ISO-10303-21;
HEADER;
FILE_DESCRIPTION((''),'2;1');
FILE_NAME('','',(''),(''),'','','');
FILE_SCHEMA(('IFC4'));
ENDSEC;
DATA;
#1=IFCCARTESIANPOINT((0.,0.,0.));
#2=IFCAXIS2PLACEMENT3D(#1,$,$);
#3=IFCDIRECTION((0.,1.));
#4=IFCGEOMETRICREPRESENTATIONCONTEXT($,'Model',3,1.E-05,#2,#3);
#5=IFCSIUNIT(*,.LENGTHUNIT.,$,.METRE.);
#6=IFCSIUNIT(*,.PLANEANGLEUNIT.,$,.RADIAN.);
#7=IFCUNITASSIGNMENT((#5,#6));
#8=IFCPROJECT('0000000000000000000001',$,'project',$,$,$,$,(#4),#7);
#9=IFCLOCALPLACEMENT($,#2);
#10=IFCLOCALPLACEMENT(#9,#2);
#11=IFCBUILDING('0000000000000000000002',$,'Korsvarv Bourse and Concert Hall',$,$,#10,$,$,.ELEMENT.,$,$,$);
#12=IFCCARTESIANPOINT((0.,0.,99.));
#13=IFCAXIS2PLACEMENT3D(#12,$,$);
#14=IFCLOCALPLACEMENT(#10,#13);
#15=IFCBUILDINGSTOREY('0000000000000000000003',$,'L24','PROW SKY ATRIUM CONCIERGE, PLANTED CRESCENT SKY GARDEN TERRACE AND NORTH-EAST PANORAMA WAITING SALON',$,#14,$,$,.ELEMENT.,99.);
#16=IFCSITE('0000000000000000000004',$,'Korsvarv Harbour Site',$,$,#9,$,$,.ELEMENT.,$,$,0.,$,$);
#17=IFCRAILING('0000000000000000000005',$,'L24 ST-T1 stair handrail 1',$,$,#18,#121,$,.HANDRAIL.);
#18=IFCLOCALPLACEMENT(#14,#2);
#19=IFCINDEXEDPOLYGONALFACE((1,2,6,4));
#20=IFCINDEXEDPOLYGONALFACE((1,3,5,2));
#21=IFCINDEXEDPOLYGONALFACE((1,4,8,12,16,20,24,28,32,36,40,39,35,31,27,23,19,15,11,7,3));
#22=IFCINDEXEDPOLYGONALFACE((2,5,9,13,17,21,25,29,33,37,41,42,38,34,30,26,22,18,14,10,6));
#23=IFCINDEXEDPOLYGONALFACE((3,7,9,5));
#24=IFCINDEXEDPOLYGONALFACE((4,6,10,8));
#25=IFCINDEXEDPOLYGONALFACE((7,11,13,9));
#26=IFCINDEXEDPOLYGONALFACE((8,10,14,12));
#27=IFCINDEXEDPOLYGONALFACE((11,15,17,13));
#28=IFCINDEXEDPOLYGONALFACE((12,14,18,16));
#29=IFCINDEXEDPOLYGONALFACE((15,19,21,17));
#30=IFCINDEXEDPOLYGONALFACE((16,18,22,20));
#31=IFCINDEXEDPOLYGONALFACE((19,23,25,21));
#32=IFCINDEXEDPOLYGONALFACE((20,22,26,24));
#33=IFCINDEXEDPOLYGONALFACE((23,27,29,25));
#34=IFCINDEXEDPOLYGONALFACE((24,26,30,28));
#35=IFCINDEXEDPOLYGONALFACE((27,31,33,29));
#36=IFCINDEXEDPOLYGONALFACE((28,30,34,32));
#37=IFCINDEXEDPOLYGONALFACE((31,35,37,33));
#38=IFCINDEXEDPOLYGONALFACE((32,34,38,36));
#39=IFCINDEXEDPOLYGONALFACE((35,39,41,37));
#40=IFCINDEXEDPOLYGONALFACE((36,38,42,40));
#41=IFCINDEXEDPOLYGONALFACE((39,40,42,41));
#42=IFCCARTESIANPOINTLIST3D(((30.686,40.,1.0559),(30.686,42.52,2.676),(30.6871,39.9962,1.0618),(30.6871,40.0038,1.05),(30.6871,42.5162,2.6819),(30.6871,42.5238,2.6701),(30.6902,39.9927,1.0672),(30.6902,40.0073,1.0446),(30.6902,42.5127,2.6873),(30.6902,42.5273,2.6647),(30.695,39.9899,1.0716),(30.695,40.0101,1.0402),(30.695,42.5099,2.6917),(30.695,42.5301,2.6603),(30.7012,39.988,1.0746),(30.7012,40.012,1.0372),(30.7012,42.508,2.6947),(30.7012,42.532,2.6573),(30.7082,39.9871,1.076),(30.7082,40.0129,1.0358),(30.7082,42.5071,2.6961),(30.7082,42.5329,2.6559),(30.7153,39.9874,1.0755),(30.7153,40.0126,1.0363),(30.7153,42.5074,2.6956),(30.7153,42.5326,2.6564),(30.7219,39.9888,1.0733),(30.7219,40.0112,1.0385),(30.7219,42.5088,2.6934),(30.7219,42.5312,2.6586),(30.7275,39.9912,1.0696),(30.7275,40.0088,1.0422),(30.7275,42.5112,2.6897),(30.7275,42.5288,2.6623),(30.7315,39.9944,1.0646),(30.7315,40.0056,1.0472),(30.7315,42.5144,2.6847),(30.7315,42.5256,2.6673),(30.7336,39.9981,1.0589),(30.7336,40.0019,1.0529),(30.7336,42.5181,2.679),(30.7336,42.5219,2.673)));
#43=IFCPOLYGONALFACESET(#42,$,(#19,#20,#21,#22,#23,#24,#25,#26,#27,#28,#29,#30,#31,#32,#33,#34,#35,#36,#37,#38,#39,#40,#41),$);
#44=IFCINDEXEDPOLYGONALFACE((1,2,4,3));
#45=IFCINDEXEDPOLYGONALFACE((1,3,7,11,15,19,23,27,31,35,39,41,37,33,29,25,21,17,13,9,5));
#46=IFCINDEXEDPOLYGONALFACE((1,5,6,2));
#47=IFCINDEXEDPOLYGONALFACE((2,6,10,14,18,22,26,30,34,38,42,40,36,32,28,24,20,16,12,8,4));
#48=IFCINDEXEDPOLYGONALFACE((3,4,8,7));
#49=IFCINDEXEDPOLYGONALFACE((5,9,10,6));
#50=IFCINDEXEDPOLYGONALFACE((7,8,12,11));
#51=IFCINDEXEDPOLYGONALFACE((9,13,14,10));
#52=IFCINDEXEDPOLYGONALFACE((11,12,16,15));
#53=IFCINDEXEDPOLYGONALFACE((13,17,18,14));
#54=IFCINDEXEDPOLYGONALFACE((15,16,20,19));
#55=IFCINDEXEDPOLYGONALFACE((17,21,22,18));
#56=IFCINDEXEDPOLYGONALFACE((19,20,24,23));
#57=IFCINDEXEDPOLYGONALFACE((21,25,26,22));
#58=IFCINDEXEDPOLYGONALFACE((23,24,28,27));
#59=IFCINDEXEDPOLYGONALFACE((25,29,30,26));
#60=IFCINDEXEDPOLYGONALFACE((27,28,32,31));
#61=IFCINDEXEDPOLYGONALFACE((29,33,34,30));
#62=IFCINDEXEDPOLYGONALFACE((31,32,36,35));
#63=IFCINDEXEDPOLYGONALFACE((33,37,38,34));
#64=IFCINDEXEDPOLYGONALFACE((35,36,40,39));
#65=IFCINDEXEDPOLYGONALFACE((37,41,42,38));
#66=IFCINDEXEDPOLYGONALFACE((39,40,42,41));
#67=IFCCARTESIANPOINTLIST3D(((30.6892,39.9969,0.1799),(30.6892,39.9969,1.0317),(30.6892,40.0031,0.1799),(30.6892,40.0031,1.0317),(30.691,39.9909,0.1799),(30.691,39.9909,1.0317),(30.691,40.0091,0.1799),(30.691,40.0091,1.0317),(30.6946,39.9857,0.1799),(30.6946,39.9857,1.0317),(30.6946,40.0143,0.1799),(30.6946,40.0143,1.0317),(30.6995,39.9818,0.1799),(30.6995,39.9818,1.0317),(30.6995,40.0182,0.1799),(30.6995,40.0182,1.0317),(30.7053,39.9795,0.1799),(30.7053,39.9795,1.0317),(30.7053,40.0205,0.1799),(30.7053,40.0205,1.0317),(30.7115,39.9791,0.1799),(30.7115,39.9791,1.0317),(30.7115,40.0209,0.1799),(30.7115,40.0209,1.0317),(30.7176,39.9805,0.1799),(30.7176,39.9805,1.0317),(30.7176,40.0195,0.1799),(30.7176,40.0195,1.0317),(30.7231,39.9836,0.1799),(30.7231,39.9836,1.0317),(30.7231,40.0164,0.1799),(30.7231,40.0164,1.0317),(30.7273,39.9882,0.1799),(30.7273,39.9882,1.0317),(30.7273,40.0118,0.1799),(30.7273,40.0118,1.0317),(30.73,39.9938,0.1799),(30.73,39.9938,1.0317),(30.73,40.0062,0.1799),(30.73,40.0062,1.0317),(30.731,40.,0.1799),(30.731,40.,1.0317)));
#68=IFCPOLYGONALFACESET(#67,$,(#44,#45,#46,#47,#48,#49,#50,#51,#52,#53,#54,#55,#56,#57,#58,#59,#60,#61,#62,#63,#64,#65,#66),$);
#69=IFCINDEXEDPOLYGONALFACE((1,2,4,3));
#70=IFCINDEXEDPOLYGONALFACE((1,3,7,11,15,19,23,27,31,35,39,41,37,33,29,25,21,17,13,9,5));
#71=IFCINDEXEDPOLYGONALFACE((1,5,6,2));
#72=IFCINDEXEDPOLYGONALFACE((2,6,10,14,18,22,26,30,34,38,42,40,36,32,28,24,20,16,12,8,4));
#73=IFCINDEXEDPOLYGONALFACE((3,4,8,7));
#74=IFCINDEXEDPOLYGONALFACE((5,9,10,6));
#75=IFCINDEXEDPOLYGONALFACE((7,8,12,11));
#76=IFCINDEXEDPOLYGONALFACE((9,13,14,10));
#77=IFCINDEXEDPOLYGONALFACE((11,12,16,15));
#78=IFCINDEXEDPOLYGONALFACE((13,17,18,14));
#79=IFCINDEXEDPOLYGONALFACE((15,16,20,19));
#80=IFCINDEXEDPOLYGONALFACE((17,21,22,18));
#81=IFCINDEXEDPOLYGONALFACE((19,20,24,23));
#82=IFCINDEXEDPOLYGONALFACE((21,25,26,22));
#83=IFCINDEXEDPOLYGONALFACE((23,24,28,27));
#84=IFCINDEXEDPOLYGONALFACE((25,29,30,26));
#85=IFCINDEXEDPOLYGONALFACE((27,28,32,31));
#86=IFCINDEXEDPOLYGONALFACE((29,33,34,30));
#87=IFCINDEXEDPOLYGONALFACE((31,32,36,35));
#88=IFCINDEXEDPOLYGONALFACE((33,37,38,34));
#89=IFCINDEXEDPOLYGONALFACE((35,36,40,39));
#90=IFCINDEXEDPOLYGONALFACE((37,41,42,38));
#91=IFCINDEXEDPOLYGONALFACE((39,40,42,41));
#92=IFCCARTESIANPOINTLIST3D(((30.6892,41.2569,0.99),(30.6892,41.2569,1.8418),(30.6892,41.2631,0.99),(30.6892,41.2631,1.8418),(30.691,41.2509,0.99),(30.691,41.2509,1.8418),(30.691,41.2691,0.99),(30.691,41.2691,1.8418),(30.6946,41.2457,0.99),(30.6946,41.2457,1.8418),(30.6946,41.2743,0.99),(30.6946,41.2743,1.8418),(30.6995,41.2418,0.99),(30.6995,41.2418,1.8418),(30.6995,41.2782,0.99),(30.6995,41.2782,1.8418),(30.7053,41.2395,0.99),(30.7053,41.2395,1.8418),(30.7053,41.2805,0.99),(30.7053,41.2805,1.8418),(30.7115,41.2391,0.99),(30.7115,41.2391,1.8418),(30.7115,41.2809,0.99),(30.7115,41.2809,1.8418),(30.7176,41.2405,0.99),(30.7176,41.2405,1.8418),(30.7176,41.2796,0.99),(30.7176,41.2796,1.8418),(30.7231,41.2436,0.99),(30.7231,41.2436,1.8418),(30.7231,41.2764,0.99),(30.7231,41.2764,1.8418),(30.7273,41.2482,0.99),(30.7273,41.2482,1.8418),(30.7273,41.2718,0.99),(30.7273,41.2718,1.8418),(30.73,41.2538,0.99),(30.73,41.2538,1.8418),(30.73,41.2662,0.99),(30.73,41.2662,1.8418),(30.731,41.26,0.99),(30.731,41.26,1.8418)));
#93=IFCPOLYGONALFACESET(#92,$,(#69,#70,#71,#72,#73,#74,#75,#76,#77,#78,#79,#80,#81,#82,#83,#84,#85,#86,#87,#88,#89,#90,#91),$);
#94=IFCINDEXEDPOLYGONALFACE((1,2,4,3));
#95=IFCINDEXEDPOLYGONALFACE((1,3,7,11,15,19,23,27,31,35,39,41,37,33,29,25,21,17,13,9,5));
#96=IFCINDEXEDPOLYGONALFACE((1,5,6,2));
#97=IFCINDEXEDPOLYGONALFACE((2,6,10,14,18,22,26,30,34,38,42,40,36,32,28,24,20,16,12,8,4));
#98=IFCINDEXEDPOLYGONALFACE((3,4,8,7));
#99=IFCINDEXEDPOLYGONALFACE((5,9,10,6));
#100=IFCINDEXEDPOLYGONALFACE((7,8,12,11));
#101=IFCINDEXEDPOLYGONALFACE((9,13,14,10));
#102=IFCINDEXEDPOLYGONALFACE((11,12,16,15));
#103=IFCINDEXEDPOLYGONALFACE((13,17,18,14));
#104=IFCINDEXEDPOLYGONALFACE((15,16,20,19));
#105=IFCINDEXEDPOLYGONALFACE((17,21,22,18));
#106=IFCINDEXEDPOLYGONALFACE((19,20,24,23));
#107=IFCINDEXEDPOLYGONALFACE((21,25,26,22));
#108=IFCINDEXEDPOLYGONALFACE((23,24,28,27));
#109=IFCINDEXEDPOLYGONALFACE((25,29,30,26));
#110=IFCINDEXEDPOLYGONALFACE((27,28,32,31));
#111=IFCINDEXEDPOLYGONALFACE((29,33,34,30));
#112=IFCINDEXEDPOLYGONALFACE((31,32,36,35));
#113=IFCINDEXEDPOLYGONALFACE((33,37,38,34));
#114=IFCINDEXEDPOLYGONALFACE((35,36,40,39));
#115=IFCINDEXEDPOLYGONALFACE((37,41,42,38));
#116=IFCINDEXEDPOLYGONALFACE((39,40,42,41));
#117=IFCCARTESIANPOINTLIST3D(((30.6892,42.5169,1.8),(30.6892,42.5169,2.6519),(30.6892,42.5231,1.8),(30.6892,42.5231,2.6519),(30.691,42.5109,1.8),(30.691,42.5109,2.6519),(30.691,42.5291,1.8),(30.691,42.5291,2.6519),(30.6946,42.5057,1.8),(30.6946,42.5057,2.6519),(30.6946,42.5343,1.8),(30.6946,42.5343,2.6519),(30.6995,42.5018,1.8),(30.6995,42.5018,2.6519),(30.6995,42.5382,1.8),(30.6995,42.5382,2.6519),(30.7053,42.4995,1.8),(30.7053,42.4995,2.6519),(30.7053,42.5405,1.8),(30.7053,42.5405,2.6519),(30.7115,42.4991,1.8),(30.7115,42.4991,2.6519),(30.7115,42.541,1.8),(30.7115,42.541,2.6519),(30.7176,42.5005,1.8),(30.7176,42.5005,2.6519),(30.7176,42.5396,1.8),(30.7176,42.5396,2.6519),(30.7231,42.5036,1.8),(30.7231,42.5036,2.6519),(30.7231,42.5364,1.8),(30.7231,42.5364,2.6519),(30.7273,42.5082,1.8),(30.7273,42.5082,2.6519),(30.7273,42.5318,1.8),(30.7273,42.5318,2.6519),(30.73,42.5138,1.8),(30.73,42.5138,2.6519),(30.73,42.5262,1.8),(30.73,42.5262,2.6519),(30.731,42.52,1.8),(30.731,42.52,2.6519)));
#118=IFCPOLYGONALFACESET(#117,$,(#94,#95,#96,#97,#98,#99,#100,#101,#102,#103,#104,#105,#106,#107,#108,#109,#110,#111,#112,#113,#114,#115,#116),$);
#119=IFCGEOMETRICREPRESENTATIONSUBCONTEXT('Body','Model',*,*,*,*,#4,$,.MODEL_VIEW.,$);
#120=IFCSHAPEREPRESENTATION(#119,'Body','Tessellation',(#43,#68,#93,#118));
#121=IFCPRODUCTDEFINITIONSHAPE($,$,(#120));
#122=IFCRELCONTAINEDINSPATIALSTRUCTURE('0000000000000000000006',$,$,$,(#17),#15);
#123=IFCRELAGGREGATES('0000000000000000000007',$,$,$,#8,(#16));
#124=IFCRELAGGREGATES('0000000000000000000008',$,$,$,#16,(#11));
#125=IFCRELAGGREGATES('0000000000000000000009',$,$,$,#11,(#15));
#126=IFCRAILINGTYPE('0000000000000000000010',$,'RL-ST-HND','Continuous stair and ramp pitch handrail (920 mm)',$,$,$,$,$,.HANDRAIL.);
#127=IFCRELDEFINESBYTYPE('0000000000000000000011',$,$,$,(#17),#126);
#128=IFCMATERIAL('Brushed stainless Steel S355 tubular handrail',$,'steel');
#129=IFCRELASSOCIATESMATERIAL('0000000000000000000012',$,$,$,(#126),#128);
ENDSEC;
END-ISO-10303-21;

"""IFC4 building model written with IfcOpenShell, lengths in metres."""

from ifc_helpers import new_model, si_unit, direction, frame, origin, origin_2d, place, context, subcontext, project, spatial, circle, extrude, material, type_object, element, save


model = new_model("IFC4")

# Units and contexts
model_context = context("Model", 3, precision=1e-05, world=origin(), true_north=direction((0.0, 1.0)))
body_context = subcontext(model_context, "Body", "Model", "MODEL_VIEW")
ifc_project = project(units=[si_unit("LENGTHUNIT", "METRE"), si_unit("PLANEANGLEUNIT", "RADIAN")], contexts=[model_context])

# Site, building, storey
site_placement = place(None, origin())
site = spatial("IfcSite", under=ifc_project, at=site_placement, Name="Korsvarv Harbour Site", CompositionType="ELEMENT", RefElevation=0.0)
building_placement = place(site_placement, origin())
building = spatial("IfcBuilding", under=site, at=building_placement, Name="Korsvarv Bourse and Concert Hall", CompositionType="ELEMENT")
storey_placement = place(building_placement, frame((0.0, 0.0, 99.0)))
storey = spatial("IfcBuildingStorey", under=building, at=storey_placement, Name="L24", Description="PROW SKY ATRIUM CONCIERGE, PLANTED CRESCENT SKY GARDEN TERRACE AND NORTH-EAST PANORAMA WAITING SALON", CompositionType="ELEMENT", Elevation=99.0)

# Railing
ifc_material_1 = material(Name="Brushed stainless Steel S355 tubular handrail", Category="steel")
railing_type_1 = type_object("IfcRailingType", Name="RL-ST-HND", Description="Continuous stair and ramp pitch handrail (920 mm)", PredefinedType="HANDRAIL", material=ifc_material_1)
railing_1_placement = place(storey_placement, frame((30.71, 40.0, 0.1799)))
element("IfcRailing", 1, at=railing_1_placement, inside=storey, type_object=railing_type_1, Name="L24 ST-T1 stair handrail 1", PredefinedType="HANDRAIL", context=body_context, shape_type="SweptSolid", body=[
    extrude(circle(Radius=0.0239, at=origin_2d()), frame((0.0, 0.0, 0.876), z_axis=(0.0, 0.841163, 0.540782), x_axis=(-1.0, 0.0, 0.0)), (0.0, 0.0, 1.0), 2.9958),
    extrude(circle(Radius=0.021, at=origin_2d()), origin(), (0.0, 0.0, 1.0), 0.8518),
    extrude(circle(Radius=0.021, at=origin_2d()), frame((0.0, 1.26, 0.8101)), (0.0, 0.0, 1.0), 0.8518),
    extrude(circle(Radius=0.021, at=origin_2d()), frame((0.0, 2.52, 1.6201)), (0.0, 0.0, 1.0), 0.8518),
])

save(model, "model.ifc")
